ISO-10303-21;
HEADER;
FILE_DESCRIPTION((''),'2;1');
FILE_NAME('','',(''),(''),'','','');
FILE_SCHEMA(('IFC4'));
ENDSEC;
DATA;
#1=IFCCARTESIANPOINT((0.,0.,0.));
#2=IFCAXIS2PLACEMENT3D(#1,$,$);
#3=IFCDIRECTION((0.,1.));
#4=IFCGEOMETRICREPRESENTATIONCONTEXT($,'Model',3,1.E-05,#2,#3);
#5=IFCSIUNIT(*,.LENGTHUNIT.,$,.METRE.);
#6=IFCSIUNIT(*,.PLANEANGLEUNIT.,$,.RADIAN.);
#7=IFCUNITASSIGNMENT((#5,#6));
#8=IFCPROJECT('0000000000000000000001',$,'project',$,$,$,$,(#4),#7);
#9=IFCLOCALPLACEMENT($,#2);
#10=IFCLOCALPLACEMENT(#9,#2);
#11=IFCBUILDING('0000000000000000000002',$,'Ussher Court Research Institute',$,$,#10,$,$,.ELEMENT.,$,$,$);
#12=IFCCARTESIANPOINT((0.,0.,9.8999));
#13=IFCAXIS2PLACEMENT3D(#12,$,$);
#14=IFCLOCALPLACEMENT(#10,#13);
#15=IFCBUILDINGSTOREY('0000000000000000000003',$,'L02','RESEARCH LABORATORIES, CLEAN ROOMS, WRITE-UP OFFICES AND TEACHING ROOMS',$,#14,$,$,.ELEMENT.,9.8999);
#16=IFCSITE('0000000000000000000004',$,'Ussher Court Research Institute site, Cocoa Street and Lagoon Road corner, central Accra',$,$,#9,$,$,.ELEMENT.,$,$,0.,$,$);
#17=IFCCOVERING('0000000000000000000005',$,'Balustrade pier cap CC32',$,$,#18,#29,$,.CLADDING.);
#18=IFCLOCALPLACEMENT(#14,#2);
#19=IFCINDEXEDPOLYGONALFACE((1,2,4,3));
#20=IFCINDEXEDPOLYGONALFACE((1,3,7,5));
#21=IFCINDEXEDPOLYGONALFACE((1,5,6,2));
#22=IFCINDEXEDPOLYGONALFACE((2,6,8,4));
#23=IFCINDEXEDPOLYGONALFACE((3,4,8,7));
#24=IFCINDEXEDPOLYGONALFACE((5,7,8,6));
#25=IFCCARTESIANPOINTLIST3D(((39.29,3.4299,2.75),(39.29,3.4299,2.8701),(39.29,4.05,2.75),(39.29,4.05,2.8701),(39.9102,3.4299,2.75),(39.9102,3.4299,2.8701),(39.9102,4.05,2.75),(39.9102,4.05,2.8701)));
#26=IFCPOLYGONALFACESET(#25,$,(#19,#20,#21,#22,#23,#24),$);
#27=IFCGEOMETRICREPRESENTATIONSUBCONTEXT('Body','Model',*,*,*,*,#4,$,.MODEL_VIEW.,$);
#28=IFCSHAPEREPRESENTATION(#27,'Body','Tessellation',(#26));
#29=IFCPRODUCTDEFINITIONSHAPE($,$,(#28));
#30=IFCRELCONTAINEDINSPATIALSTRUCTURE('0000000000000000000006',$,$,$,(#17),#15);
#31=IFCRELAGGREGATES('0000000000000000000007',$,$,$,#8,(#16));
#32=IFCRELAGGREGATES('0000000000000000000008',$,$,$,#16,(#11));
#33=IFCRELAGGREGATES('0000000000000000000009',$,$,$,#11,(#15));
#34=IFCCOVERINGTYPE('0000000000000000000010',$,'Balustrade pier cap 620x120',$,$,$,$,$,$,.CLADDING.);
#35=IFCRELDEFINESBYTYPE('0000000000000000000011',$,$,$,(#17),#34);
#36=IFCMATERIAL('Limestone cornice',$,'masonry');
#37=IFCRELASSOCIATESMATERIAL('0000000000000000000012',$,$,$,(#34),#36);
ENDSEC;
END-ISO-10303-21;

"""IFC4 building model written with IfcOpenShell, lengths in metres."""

from ifc_helpers import new_model, si_unit, direction, frame, origin, origin_2d, place, context, subcontext, project, spatial, rectangle, extrude, material, type_object, element, save


model = new_model("IFC4")

# Units and contexts
model_context = context("Model", 3, precision=1e-05, world=origin(), true_north=direction((0.0, 1.0)))
body_context = subcontext(model_context, "Body", "Model", "MODEL_VIEW")
ifc_project = project(units=[si_unit("LENGTHUNIT", "METRE"), si_unit("PLANEANGLEUNIT", "RADIAN")], contexts=[model_context])

# Site, building, storey
site_placement = place(None, origin())
site = spatial("IfcSite", under=ifc_project, at=site_placement, Name="Ussher Court Research Institute site, Cocoa Street and Lagoon Road corner, central Accra", CompositionType="ELEMENT", RefElevation=0.0)
building_placement = place(site_placement, origin())
building = spatial("IfcBuilding", under=site, at=building_placement, Name="Ussher Court Research Institute", CompositionType="ELEMENT")
storey_placement = place(building_placement, frame((0.0, 0.0, 9.8999)))
storey = spatial("IfcBuildingStorey", under=building, at=storey_placement, Name="L02", Description="RESEARCH LABORATORIES, CLEAN ROOMS, WRITE-UP OFFICES AND TEACHING ROOMS", CompositionType="ELEMENT", Elevation=9.8999)

# Covering
ifc_material_1 = material(Name="Limestone cornice", Category="masonry")
covering_type_1 = type_object("IfcCoveringType", Name="Balustrade pier cap 620x120", PredefinedType="CLADDING", material=ifc_material_1)
covering_1_placement = place(storey_placement, frame((39.6001, 3.74, 2.75), z_axis=(0.0, 0.0, 1.0), x_axis=(1.0, 0.0, 0.0)))
element("IfcCovering", 1, at=covering_1_placement, inside=storey, type_object=covering_type_1, Name="Balustrade pier cap CC32", PredefinedType="CLADDING", context=body_context, shape_type="SweptSolid", body=[
    extrude(rectangle(XDim=0.6201, YDim=0.6201, at=origin_2d()), origin(), (0.0, 0.0, 1.0), 0.1201),
])

save(model, "model.ifc")
